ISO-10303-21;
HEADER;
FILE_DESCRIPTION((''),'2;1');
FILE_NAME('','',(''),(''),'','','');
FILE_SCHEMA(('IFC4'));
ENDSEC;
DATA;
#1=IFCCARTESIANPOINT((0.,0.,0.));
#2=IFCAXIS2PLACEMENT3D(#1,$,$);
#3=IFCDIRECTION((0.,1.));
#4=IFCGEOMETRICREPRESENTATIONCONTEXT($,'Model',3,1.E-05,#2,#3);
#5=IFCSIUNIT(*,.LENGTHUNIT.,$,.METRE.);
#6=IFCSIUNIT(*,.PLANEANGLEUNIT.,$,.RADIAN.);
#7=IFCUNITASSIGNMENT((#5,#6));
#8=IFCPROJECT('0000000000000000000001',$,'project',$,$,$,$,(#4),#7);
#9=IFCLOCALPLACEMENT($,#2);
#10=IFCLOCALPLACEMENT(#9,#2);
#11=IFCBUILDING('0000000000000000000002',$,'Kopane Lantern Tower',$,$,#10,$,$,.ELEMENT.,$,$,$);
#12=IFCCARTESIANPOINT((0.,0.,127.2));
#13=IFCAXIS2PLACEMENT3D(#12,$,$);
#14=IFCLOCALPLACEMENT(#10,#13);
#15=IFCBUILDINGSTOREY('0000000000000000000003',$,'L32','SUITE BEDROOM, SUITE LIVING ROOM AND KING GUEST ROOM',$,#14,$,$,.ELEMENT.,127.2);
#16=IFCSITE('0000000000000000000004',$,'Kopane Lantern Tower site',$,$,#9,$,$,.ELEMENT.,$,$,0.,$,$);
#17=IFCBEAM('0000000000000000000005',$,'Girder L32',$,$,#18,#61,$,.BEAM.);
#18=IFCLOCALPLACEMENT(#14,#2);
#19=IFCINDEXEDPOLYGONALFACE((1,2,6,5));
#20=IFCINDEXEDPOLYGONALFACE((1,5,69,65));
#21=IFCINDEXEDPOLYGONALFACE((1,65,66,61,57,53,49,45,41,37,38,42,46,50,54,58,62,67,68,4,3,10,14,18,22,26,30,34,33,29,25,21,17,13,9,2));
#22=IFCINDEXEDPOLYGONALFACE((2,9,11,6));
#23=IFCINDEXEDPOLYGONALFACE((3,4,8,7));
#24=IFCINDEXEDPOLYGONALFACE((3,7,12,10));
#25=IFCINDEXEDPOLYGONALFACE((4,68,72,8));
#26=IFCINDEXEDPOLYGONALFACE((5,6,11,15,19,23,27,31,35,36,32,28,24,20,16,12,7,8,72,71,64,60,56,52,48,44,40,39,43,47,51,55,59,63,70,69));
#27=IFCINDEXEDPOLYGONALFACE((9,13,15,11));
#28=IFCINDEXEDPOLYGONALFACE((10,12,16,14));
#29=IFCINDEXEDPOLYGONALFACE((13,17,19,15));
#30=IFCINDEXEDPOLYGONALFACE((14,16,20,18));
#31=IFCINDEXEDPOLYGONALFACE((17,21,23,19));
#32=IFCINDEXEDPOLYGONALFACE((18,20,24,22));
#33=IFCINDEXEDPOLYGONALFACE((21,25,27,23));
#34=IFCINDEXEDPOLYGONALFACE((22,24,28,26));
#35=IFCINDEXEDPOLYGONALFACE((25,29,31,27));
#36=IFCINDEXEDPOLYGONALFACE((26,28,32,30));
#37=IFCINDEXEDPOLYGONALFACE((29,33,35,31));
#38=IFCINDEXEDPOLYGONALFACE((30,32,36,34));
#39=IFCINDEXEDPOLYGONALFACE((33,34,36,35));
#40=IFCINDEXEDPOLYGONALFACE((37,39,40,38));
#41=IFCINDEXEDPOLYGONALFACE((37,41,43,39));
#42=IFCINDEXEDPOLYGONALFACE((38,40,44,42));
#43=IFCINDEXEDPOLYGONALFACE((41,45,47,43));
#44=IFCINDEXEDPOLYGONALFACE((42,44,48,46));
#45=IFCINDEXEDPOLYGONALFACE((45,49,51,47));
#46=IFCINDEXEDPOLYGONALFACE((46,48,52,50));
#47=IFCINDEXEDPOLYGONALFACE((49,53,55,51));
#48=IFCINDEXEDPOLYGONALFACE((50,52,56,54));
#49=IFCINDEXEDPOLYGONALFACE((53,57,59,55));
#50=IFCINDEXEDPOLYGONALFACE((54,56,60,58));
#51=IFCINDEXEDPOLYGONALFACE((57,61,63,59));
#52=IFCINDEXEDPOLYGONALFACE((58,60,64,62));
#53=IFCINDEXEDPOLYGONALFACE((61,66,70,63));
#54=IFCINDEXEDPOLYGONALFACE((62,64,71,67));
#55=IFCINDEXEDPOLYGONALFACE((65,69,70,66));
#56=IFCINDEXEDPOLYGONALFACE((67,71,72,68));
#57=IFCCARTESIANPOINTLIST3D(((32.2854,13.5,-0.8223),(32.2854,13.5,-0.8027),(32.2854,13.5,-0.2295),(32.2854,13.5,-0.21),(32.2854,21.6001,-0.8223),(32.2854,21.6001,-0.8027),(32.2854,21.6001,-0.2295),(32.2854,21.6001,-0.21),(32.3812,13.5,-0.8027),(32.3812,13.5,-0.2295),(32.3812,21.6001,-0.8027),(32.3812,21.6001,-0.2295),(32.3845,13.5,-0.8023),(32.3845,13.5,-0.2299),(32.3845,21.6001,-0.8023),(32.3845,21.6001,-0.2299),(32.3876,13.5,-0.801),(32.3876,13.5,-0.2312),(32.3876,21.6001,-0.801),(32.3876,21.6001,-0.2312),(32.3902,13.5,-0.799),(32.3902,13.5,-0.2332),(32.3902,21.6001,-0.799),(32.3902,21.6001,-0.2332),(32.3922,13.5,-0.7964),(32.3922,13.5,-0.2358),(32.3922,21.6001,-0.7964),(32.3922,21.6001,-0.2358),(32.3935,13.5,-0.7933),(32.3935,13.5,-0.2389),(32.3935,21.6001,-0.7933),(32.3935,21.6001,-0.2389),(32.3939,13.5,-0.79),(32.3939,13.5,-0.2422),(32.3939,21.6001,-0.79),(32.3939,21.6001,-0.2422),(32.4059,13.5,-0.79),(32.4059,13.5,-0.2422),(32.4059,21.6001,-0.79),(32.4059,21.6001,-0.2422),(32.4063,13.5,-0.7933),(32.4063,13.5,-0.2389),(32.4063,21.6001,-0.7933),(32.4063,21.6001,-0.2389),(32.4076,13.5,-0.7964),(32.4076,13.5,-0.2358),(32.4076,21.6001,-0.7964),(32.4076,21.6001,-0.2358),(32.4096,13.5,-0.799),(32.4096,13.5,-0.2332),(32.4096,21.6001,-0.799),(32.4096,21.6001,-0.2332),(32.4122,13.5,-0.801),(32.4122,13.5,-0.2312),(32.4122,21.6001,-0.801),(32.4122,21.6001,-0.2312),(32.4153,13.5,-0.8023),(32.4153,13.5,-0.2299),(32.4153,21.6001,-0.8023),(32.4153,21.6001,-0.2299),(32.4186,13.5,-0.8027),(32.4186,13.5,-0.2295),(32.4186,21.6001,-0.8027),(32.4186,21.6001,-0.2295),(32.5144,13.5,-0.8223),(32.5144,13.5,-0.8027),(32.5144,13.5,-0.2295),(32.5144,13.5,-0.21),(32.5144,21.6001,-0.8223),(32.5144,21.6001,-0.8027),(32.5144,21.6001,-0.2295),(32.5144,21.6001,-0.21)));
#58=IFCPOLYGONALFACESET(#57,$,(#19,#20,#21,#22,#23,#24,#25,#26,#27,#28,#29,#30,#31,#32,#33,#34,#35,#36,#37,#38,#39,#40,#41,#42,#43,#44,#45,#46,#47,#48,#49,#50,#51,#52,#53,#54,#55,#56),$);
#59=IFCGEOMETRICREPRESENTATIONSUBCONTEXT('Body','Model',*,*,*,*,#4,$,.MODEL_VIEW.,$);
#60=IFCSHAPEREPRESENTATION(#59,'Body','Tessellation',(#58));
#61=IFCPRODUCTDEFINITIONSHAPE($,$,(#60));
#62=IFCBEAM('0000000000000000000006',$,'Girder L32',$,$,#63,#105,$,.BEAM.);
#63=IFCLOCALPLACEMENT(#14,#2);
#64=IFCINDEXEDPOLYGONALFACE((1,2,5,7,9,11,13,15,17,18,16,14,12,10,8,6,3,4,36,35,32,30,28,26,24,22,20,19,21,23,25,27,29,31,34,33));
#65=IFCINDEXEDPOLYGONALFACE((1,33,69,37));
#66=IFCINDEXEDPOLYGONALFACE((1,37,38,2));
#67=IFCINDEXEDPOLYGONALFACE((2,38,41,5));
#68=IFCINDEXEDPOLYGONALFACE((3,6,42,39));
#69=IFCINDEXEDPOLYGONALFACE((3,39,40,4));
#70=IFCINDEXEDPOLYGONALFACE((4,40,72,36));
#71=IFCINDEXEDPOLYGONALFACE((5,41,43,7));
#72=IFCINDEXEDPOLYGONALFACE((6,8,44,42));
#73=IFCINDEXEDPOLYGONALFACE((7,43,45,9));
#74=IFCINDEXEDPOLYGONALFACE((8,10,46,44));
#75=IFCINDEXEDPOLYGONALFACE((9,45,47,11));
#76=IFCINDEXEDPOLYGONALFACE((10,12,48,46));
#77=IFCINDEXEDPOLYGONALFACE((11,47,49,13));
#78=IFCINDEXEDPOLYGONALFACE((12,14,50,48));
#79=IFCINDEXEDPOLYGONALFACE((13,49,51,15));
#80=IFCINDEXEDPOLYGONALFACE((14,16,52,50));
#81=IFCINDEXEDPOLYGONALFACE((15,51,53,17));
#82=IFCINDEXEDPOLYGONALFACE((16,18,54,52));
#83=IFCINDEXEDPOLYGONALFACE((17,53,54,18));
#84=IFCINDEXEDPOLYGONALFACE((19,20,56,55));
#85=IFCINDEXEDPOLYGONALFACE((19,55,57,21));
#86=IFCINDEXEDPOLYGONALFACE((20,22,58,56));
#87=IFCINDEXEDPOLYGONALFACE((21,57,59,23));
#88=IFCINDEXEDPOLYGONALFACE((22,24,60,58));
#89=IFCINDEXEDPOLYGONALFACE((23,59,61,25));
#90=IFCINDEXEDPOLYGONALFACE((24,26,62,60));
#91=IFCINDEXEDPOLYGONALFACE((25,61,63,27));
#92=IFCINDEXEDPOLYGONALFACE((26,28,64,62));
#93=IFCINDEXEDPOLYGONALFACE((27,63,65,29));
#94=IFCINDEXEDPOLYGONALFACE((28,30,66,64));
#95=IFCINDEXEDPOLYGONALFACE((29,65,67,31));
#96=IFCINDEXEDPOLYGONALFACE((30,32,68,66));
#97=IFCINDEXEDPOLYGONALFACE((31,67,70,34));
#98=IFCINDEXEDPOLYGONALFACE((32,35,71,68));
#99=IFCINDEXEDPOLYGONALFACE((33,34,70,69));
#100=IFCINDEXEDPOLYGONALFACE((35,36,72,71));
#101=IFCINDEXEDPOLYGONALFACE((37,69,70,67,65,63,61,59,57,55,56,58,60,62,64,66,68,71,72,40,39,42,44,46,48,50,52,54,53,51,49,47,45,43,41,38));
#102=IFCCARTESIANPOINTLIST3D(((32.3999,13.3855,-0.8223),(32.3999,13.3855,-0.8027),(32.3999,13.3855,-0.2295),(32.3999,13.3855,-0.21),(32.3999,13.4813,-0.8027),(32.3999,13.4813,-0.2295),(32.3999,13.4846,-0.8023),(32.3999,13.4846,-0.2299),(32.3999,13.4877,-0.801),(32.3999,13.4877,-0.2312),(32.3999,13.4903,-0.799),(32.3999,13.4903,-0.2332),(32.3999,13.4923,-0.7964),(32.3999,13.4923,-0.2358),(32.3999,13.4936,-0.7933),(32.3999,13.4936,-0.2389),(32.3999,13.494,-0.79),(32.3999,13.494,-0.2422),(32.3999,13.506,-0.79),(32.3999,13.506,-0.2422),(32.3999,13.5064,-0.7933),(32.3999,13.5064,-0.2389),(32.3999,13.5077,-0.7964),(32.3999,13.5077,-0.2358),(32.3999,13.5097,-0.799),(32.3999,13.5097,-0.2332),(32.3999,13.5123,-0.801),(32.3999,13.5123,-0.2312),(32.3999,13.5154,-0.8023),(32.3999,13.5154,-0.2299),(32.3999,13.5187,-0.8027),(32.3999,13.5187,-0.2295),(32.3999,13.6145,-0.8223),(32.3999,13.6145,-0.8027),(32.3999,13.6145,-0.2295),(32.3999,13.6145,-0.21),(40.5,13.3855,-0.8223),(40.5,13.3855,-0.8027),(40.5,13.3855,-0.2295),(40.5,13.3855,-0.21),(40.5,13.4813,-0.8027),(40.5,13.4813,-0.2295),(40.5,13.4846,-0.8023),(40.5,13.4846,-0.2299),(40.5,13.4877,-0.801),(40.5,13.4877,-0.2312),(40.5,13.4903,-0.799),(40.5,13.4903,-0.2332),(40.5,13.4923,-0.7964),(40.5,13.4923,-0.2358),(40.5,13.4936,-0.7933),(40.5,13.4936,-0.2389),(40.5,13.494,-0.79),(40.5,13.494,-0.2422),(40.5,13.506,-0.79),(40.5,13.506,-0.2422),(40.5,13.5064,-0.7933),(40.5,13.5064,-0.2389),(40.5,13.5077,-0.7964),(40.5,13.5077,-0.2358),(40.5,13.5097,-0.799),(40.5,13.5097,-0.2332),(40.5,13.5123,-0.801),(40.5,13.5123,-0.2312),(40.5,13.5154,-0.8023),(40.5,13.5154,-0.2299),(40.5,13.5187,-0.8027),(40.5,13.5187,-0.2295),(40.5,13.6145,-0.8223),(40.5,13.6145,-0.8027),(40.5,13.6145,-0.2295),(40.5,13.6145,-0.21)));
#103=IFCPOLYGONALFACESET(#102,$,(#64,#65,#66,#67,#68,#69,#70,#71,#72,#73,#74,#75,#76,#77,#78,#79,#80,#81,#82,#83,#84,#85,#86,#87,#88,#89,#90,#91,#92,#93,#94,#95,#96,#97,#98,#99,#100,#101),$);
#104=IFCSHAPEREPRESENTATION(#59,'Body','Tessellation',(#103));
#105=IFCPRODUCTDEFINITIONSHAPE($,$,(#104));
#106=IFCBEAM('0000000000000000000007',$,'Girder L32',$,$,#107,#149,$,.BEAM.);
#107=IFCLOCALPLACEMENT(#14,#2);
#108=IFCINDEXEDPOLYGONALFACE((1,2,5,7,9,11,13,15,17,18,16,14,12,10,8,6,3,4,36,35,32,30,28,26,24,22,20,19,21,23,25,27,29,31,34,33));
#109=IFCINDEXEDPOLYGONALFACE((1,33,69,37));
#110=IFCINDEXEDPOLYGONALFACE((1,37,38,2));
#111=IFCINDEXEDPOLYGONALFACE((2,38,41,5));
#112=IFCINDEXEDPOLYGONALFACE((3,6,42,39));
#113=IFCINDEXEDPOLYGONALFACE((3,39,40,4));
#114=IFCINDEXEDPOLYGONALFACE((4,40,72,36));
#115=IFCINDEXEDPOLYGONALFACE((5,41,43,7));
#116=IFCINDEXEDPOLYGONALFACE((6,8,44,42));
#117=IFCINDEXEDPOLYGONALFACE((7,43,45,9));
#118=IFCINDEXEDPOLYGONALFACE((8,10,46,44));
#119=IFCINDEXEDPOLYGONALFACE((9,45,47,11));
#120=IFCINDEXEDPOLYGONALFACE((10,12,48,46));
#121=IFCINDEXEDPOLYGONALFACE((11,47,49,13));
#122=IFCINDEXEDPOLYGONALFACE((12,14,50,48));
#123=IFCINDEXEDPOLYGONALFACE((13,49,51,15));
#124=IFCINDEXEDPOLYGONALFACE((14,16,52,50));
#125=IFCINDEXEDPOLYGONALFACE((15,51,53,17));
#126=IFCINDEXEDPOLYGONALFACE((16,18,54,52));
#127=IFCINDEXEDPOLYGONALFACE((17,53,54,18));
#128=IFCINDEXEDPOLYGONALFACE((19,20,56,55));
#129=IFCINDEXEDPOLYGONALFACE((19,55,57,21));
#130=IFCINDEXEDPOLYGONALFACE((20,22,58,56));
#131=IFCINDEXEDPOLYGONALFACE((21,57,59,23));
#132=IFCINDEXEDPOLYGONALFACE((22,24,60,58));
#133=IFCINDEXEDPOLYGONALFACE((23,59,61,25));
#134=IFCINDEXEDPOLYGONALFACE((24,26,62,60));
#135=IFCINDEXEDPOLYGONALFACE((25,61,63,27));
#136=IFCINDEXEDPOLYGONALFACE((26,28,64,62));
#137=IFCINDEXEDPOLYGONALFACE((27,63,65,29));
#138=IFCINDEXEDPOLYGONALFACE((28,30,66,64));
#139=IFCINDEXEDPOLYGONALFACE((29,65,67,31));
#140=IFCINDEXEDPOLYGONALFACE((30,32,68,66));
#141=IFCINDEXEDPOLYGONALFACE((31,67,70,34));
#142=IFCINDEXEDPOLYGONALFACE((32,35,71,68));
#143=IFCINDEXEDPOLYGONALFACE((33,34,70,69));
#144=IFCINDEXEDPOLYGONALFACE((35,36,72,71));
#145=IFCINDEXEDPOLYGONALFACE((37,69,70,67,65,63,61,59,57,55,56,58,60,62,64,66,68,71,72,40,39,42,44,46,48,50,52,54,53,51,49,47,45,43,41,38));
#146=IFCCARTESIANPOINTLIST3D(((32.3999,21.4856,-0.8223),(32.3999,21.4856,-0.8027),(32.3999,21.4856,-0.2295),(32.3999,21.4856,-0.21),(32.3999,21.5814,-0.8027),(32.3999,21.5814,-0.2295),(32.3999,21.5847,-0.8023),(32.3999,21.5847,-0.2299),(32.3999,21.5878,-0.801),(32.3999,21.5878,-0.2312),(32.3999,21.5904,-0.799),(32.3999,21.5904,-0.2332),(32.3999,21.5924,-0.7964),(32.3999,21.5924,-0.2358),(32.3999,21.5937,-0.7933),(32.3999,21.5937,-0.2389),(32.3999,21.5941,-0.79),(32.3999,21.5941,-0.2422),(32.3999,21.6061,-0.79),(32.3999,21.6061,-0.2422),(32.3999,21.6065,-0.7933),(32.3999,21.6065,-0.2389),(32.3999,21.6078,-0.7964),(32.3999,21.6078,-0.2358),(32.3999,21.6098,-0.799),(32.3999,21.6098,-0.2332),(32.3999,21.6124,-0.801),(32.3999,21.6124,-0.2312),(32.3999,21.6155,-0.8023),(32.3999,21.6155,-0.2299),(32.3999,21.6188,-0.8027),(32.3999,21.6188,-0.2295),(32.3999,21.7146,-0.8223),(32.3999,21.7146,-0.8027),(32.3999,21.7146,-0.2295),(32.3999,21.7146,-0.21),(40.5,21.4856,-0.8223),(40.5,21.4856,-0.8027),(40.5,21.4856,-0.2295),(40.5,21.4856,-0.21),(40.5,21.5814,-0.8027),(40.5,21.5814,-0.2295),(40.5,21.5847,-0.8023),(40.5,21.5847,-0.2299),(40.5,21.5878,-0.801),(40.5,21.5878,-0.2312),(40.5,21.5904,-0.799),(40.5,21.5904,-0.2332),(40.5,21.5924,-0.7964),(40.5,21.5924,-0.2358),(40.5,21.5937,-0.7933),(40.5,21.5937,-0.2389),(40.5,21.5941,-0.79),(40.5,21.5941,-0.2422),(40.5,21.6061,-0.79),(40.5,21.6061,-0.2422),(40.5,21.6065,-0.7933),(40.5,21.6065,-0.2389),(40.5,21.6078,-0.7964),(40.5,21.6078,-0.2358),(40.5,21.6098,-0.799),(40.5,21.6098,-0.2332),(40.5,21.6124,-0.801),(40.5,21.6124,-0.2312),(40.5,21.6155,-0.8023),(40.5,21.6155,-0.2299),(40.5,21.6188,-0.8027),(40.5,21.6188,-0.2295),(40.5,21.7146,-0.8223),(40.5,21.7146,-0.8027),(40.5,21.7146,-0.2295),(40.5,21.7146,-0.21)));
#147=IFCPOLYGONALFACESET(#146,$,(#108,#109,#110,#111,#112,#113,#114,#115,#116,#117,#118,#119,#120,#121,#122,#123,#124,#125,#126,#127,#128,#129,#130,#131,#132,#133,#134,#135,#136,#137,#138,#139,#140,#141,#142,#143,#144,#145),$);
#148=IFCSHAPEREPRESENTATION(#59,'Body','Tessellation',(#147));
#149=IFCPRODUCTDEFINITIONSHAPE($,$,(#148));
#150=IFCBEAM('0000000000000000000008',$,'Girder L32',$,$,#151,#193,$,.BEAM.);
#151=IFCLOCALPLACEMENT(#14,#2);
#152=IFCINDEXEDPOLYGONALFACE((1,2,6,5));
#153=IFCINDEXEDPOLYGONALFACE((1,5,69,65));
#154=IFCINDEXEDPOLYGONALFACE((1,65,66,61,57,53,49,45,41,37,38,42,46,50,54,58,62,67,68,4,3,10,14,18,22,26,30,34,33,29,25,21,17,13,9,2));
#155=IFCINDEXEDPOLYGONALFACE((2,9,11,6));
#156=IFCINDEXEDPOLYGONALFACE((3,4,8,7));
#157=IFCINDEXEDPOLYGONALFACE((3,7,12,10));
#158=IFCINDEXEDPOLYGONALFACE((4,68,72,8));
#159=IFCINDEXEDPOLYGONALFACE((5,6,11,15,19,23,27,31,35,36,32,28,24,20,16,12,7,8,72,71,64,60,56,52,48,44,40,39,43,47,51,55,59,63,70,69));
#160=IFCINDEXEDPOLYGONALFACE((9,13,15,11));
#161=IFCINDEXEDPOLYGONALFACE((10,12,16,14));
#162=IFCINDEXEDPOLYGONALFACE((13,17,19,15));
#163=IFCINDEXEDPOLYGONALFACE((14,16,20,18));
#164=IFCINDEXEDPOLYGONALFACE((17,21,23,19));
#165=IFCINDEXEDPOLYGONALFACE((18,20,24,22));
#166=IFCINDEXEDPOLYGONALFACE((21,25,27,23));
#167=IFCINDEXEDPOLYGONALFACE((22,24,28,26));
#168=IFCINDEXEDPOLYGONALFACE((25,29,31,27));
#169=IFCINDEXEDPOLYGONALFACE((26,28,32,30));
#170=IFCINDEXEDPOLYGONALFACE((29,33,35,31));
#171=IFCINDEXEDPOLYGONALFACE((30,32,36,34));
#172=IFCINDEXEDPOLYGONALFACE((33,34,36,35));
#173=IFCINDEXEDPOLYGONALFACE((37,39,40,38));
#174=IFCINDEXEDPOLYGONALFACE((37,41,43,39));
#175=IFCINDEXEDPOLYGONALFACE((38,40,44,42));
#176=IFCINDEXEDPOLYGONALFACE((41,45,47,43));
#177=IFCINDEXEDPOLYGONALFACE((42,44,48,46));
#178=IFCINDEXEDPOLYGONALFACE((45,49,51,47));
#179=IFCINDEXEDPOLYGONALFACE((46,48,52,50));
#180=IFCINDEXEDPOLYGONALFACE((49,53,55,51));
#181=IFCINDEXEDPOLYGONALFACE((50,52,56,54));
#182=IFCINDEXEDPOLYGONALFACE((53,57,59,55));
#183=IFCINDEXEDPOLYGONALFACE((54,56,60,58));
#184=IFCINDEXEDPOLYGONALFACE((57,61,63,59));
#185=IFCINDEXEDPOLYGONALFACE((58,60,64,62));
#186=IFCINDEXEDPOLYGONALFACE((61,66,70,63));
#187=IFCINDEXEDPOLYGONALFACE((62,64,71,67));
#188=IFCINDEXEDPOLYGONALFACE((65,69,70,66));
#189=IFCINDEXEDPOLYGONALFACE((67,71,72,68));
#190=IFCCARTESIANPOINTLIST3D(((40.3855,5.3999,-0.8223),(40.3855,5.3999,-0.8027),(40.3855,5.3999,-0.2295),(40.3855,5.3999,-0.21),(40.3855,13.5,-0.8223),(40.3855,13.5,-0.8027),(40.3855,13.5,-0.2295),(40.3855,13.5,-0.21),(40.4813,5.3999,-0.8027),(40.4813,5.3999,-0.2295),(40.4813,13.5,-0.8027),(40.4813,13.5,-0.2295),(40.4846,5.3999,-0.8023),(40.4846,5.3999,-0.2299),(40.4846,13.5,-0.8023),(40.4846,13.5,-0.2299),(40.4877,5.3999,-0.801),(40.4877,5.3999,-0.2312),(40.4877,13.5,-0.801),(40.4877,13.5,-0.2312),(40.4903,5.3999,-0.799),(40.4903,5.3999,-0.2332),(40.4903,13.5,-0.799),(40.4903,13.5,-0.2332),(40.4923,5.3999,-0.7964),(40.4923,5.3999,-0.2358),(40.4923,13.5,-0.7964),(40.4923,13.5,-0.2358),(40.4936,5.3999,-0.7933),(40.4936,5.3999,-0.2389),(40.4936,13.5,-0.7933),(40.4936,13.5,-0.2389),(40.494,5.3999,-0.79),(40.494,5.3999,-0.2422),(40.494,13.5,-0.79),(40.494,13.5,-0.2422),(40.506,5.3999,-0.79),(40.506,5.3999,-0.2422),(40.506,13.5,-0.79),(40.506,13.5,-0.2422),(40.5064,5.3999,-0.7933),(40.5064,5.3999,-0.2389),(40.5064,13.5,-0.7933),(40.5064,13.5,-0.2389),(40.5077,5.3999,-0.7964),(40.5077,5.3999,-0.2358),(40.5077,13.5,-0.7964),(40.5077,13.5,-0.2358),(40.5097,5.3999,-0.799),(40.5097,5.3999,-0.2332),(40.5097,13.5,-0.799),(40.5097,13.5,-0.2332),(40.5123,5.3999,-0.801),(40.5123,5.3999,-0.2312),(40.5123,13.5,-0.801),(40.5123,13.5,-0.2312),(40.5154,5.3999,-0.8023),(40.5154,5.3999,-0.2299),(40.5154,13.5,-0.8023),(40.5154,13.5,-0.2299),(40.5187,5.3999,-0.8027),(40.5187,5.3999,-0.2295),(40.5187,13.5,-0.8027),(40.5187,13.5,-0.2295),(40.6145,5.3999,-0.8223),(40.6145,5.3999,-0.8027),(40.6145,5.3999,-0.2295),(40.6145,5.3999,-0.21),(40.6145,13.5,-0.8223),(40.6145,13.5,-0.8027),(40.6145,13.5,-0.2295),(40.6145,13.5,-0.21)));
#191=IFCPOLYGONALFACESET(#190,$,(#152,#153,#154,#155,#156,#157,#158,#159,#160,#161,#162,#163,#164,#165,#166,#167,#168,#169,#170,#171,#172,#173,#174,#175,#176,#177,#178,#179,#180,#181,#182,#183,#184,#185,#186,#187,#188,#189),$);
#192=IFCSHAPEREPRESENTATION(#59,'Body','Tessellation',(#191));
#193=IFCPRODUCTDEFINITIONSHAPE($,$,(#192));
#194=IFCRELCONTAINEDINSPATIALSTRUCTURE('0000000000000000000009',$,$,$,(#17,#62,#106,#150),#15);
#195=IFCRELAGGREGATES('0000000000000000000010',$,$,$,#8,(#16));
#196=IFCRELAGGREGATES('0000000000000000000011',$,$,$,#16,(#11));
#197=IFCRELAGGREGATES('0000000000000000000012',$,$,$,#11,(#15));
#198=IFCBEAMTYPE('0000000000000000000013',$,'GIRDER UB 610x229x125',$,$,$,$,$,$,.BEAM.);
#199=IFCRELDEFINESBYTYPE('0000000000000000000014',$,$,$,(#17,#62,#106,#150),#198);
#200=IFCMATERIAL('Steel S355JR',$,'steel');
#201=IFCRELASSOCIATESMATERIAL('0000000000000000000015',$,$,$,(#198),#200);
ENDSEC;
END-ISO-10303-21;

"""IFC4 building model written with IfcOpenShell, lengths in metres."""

from ifc_helpers import new_model, si_unit, direction, frame, origin, origin_2d, place, context, subcontext, project, spatial, i_section, extrude, material, material_profile, profile_set, type_object, element, save


model = new_model("IFC4")

# Units and contexts
model_context = context("Model", 3, precision=1e-05, world=origin(), true_north=direction((0.0, 1.0)))
body_context = subcontext(model_context, "Body", "Model", "MODEL_VIEW")
ifc_project = project(units=[si_unit("LENGTHUNIT", "METRE"), si_unit("PLANEANGLEUNIT", "RADIAN")], contexts=[model_context])

# Site, building, storey
site_placement = place(None, origin())
site = spatial("IfcSite", under=ifc_project, at=site_placement, Name="Kopane Lantern Tower site", CompositionType="ELEMENT", RefElevation=0.0)
building_placement = place(site_placement, origin())
building = spatial("IfcBuilding", under=site, at=building_placement, Name="Kopane Lantern Tower", CompositionType="ELEMENT")
storey_placement = place(building_placement, frame((0.0, 0.0, 127.2)))
storey = spatial("IfcBuildingStorey", under=building, at=storey_placement, Name="L32", Description="SUITE BEDROOM, SUITE LIVING ROOM AND KING GUEST ROOM", CompositionType="ELEMENT", Elevation=127.2)

# Beams
ifc_material_1 = material(Name="Steel S355JR", Category="steel")
ifc_material_profile_1 = material_profile(ifc_material_1, i_section(OverallWidth=0.229, OverallDepth=0.6123, WebThickness=0.012, FlangeThickness=0.0195, FilletRadius=0.0127, at=origin_2d()), Name="UB 610x229x125")
ifc_profile_set_1 = profile_set([ifc_material_profile_1], Name="Steel S355JR")
beam_type_1 = type_object("IfcBeamType", Name="GIRDER UB 610x229x125", PredefinedType="BEAM", material=ifc_profile_set_1)
for number, where, z_axis, x_axis, name in (
    (1, (32.3999, 13.5, -0.5161), (0.0, 1.0, 0.0), (-1.0, 0.0, 0.0), "Girder L32"),
    (2, (32.3999, 13.5, -0.5161), (1.0, 0.0, 0.0), (0.0, 1.0, 0.0), "Girder L32"),
    (3, (32.3999, 21.6001, -0.5161), (1.0, 0.0, 0.0), (0.0, 1.0, 0.0), "Girder L32"),
    (4, (40.5, 5.3999, -0.5161), (0.0, 1.0, 0.0), (-1.0, 0.0, 0.0), "Girder L32"),
):
    element("IfcBeam", number, at=place(storey_placement, frame(where, z_axis=z_axis, x_axis=x_axis)), inside=storey, type_object=beam_type_1, Name=name, PredefinedType="BEAM", context=body_context, shape_type="SweptSolid", body=[
        extrude(i_section(OverallWidth=0.229, OverallDepth=0.6123, WebThickness=0.012, FlangeThickness=0.0195, FilletRadius=0.0127, at=origin_2d()), origin(), (0.0, 0.0, 1.0), 8.1001),
    ])

save(model, "model.ifc")
